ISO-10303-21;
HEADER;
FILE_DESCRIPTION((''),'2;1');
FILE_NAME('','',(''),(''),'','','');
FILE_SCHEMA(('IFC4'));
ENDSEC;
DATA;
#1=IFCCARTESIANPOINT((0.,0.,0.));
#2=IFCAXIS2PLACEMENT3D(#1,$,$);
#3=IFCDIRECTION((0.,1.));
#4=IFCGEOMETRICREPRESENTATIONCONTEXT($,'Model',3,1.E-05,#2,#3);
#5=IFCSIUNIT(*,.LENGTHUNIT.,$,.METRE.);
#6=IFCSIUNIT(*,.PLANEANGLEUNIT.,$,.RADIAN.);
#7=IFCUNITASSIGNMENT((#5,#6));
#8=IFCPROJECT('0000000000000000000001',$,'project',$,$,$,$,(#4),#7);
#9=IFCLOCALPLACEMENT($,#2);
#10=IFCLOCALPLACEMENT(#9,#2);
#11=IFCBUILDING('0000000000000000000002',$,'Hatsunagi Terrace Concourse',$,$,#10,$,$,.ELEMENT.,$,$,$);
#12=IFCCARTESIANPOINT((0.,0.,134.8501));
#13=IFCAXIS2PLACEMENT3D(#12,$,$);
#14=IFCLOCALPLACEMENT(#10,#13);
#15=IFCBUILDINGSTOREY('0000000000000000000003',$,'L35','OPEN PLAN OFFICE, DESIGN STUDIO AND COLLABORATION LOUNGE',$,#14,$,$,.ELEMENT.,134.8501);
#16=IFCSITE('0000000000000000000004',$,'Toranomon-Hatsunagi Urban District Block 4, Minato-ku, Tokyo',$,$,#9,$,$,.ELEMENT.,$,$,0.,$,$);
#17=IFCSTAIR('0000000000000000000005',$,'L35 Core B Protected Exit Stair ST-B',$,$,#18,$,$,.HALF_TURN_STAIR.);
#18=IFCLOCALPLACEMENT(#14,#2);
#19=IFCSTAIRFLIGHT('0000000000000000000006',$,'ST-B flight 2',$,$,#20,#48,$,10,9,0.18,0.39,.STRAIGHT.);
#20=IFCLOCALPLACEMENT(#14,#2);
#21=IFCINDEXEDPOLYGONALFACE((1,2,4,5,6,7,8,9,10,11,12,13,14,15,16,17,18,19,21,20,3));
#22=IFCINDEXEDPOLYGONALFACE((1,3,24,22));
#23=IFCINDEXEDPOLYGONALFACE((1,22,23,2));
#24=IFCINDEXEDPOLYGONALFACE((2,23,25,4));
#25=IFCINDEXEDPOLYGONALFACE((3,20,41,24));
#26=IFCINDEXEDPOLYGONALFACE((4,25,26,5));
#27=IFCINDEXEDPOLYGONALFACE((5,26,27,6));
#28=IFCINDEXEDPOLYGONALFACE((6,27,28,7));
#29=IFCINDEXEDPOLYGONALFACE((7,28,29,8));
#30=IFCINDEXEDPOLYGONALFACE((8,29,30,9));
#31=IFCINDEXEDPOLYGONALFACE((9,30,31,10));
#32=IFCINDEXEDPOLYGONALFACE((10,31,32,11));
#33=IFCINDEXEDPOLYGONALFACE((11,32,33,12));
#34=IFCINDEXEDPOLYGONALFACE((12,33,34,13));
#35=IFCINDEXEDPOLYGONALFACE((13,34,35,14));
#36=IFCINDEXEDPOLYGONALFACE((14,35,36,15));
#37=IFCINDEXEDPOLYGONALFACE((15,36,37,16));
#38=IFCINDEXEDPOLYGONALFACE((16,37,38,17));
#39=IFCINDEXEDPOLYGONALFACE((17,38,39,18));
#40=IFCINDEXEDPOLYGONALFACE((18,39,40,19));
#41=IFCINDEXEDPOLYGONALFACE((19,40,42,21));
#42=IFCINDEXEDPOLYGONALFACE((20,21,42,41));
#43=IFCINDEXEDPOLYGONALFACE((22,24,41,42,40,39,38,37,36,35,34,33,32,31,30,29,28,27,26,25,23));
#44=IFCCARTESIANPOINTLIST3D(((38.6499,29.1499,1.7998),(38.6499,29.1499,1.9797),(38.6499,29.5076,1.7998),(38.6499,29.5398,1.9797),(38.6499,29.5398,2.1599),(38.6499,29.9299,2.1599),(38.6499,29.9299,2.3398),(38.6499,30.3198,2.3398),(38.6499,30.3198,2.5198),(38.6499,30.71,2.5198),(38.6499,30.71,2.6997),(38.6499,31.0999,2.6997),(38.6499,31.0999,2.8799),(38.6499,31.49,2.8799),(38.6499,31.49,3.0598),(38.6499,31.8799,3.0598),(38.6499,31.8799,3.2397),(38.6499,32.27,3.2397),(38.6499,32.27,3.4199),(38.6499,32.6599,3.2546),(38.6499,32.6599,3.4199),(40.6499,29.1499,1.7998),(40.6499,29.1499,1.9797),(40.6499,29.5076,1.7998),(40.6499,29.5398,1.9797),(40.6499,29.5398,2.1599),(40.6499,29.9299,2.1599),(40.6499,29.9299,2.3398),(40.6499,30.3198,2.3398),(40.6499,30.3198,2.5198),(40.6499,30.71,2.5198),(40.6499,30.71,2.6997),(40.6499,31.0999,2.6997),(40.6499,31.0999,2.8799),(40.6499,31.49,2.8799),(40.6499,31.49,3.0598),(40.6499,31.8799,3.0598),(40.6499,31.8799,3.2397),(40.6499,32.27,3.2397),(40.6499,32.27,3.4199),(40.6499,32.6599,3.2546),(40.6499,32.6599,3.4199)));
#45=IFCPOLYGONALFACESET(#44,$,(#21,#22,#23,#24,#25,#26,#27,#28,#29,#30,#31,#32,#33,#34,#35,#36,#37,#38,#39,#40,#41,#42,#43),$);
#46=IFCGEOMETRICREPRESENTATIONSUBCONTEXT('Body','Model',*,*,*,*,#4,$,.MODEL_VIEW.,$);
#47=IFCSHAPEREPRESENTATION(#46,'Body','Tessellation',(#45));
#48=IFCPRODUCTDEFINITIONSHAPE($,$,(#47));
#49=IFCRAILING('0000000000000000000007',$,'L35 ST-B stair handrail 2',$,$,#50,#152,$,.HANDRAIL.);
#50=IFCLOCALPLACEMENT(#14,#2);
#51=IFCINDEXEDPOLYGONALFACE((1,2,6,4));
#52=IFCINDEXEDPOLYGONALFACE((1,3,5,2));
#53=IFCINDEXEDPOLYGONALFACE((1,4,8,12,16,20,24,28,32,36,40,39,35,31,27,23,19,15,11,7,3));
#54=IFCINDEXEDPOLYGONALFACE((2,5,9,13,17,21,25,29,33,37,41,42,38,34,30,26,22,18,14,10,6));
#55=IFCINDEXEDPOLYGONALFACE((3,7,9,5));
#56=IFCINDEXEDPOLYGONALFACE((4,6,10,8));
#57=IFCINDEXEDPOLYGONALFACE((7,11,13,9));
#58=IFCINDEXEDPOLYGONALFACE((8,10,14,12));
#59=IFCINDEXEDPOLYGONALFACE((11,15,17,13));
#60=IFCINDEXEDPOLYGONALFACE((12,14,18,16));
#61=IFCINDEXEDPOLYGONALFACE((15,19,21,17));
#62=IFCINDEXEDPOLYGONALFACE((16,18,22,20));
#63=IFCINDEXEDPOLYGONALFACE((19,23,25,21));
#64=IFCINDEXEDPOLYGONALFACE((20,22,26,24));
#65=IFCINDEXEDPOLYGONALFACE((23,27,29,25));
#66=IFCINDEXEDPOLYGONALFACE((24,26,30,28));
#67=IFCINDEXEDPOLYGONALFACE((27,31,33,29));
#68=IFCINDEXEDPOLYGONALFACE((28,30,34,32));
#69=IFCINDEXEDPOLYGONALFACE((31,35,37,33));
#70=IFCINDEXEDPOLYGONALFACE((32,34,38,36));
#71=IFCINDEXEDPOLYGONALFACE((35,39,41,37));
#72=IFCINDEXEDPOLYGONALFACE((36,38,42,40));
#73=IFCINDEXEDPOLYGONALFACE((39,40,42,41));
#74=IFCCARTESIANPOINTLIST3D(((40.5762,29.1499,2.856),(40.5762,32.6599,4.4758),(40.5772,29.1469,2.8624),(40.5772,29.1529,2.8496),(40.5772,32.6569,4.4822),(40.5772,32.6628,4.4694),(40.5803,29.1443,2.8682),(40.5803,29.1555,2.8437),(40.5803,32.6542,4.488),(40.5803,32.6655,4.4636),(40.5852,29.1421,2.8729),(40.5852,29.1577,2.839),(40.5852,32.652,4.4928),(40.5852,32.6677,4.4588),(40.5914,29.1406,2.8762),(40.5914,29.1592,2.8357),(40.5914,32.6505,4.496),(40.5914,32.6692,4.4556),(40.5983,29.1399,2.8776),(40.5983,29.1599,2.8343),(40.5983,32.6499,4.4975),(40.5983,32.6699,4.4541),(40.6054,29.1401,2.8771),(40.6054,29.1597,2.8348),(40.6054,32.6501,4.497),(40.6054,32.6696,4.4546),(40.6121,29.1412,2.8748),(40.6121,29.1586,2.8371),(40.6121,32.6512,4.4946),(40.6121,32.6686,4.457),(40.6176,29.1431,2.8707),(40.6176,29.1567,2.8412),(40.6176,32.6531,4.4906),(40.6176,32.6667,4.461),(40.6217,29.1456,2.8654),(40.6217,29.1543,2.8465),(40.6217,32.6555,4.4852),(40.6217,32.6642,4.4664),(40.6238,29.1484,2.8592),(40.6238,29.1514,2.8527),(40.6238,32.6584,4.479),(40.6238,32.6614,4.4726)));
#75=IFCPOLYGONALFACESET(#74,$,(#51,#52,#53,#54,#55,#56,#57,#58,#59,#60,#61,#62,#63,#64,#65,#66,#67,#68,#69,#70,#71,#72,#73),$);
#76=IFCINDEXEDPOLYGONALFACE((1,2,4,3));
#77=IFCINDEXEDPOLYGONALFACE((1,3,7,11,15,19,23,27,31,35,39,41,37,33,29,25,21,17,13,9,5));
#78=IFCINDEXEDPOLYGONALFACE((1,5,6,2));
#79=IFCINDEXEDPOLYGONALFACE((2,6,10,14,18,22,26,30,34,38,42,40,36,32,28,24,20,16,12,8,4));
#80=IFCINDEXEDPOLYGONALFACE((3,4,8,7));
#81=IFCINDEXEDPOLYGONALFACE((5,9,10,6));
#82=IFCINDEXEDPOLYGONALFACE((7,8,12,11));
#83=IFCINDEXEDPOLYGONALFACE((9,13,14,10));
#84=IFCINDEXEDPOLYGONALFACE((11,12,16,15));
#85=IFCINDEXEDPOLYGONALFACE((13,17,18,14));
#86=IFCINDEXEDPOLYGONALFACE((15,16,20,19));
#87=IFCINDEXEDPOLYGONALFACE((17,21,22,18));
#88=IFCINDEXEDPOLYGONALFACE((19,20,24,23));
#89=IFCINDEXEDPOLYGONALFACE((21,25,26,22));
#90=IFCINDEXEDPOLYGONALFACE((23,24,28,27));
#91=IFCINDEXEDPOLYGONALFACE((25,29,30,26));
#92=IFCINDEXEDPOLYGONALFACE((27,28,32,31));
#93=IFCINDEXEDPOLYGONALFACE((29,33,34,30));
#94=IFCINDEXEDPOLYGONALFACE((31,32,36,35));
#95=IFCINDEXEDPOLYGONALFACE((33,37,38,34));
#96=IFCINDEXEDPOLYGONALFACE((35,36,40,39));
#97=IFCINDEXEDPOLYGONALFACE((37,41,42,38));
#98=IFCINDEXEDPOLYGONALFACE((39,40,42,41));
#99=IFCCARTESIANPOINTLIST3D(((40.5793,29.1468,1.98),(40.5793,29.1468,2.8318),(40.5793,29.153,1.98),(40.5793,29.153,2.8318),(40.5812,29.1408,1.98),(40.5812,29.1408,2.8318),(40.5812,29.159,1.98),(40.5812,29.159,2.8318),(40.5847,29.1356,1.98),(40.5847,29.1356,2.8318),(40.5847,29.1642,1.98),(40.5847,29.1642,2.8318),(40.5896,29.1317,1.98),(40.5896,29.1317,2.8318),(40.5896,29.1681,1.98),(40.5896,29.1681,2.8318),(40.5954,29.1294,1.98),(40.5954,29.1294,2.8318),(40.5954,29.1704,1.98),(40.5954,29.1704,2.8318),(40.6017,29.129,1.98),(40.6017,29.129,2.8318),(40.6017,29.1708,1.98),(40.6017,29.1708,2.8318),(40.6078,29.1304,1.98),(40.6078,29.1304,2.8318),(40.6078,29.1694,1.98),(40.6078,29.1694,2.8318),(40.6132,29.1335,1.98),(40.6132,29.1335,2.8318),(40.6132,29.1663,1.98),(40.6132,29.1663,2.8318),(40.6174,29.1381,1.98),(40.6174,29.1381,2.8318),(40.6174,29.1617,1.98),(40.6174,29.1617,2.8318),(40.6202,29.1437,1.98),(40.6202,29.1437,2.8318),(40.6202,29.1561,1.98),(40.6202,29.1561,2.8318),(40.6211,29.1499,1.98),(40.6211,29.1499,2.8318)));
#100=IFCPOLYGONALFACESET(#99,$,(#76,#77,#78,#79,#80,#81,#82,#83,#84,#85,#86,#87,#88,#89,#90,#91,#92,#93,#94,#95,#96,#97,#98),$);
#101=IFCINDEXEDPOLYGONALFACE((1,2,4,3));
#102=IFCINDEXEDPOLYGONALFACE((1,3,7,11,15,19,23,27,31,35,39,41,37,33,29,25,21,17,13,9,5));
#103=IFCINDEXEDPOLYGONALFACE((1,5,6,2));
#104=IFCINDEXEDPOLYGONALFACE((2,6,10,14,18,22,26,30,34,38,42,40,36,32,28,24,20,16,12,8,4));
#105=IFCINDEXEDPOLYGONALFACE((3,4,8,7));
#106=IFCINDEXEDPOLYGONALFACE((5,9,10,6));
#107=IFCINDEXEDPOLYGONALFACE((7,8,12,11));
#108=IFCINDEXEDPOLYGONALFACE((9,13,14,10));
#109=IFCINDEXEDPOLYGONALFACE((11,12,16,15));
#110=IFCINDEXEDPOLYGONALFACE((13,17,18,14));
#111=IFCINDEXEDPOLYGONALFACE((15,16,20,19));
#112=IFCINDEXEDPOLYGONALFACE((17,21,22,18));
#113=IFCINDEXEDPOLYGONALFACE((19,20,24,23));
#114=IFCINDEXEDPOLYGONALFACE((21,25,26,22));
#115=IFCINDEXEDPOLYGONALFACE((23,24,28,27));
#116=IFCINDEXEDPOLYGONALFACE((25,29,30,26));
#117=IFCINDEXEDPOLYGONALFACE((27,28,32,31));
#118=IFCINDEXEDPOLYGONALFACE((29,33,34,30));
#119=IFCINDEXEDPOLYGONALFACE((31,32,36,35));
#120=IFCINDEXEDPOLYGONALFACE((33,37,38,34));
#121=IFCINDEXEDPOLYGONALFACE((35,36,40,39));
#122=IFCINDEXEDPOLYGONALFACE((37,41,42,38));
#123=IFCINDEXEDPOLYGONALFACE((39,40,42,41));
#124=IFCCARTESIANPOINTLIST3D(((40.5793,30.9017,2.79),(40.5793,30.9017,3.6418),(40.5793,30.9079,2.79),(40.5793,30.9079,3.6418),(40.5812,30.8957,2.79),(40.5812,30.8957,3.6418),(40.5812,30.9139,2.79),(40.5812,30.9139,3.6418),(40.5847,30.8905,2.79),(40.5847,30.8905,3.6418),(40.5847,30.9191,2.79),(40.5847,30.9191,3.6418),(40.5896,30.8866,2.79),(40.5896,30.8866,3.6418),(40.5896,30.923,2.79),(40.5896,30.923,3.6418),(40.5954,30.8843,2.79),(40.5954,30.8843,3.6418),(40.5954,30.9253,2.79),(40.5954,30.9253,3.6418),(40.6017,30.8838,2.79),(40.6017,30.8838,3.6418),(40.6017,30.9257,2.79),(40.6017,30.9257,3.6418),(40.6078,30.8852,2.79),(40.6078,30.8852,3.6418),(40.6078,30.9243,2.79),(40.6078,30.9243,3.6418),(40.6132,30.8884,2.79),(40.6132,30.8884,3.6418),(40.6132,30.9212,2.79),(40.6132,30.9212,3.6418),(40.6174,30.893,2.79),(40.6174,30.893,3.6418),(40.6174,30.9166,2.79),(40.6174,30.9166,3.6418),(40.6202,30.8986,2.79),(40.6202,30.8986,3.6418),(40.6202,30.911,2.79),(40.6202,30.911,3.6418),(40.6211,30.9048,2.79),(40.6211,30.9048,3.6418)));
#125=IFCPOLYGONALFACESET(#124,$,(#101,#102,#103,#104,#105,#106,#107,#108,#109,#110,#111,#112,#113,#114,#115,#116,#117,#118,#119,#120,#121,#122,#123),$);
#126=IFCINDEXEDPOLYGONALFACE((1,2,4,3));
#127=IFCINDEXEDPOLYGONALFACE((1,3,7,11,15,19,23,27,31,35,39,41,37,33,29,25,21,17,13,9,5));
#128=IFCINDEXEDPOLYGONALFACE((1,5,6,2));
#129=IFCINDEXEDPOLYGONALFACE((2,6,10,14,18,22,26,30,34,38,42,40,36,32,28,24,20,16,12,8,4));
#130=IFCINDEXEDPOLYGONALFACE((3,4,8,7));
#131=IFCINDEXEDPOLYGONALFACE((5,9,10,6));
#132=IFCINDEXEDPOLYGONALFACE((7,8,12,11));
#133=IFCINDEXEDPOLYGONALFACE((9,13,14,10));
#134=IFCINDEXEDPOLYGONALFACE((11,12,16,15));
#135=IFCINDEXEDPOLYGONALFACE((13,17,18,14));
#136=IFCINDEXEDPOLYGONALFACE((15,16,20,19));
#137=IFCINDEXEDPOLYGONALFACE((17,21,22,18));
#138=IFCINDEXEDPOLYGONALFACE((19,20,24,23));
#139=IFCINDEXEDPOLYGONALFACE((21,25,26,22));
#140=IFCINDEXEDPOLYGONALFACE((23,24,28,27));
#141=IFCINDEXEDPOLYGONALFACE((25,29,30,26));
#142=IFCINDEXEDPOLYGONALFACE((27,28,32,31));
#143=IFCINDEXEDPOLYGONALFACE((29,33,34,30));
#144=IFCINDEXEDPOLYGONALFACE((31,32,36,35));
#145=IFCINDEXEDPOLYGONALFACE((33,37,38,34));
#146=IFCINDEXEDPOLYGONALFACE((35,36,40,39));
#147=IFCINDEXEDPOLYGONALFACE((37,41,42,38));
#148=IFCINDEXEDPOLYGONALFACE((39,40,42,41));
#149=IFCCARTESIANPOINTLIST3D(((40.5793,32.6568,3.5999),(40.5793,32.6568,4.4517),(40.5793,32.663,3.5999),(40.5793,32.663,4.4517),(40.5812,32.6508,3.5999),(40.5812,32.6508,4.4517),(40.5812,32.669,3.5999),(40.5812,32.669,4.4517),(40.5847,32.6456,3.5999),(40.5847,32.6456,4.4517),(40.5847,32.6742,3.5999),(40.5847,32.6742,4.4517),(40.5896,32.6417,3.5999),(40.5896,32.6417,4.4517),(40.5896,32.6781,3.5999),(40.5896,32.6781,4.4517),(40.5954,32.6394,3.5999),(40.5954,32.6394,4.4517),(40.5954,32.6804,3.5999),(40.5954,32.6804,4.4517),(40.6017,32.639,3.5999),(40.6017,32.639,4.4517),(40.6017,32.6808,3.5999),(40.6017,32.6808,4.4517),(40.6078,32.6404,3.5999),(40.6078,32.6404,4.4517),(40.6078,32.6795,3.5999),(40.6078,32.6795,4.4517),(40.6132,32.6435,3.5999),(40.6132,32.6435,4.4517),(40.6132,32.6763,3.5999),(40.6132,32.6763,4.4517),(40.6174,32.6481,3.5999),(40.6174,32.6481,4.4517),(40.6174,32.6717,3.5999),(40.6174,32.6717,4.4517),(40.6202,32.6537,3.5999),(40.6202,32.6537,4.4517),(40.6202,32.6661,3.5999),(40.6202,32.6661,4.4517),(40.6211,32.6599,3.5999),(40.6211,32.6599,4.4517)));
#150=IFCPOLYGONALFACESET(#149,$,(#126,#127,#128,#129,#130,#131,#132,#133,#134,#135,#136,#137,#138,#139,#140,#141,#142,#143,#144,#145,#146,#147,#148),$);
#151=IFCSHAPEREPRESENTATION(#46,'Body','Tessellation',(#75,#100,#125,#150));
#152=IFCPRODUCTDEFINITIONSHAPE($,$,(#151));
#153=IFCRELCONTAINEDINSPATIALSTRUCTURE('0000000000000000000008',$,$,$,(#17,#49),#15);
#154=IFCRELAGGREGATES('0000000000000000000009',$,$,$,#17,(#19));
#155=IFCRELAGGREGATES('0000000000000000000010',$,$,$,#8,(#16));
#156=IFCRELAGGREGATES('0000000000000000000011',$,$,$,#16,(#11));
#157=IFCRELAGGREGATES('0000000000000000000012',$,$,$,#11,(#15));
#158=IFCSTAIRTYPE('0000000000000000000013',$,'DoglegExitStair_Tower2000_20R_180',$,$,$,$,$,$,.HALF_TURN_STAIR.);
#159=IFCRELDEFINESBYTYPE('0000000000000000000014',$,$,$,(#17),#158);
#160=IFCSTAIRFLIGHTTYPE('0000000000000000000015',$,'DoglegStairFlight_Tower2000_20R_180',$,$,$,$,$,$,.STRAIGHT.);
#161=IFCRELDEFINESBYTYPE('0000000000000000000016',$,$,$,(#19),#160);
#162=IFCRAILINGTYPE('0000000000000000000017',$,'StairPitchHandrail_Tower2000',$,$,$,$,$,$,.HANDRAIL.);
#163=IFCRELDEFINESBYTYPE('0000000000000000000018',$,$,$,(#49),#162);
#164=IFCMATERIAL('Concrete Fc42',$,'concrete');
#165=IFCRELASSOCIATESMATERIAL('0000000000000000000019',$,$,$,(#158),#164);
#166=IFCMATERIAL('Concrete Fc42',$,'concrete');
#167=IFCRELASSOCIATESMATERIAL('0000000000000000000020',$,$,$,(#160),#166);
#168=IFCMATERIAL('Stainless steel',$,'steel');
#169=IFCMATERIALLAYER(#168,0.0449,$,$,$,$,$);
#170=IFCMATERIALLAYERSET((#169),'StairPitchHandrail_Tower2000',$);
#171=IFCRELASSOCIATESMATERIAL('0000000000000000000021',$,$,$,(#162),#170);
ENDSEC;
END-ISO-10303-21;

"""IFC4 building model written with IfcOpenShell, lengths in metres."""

from ifc_helpers import new_model, si_unit, direction, frame, origin, origin_2d, place, context, subcontext, project, spatial, polyline, circle, outline, extrude, material, layer, layer_set, type_object, element, aggregate, save


model = new_model("IFC4")

# Units and contexts
model_context = context("Model", 3, precision=1e-05, world=origin(), true_north=direction((0.0, 1.0)))
body_context = subcontext(model_context, "Body", "Model", "MODEL_VIEW")
ifc_project = project(units=[si_unit("LENGTHUNIT", "METRE"), si_unit("PLANEANGLEUNIT", "RADIAN")], contexts=[model_context])

# Site, building, storey
site_placement = place(None, origin())
site = spatial("IfcSite", under=ifc_project, at=site_placement, Name="Toranomon-Hatsunagi Urban District Block 4, Minato-ku, Tokyo", CompositionType="ELEMENT", RefElevation=0.0)
building_placement = place(site_placement, origin())
building = spatial("IfcBuilding", under=site, at=building_placement, Name="Hatsunagi Terrace Concourse", CompositionType="ELEMENT")
storey_placement = place(building_placement, frame((0.0, 0.0, 134.8501)))
storey = spatial("IfcBuildingStorey", under=building, at=storey_placement, Name="L35", Description="OPEN PLAN OFFICE, DESIGN STUDIO AND COLLABORATION LOUNGE", CompositionType="ELEMENT", Elevation=134.8501)

# Stair, stair flight
ifc_material_1 = material(Name="Concrete Fc42", Category="concrete")
stair_type = type_object("IfcStairType", Name="DoglegExitStair_Tower2000_20R_180", PredefinedType="HALF_TURN_STAIR", material=ifc_material_1)
stair_placement = place(storey_placement, origin())
stair = element("IfcStair", 1, at=stair_placement, inside=storey, type_object=stair_type, Name="L35 Core B Protected Exit Stair ST-B", PredefinedType="HALF_TURN_STAIR")
ifc_material_2 = material(Name="Concrete Fc42", Category="concrete")
stair_flight_type = type_object("IfcStairFlightType", Name="DoglegStairFlight_Tower2000_20R_180", PredefinedType="STRAIGHT", material=ifc_material_2)
stair_flight_placement = place(storey_placement, frame((39.6499, 29.1499, 1.7998), z_axis=(0.0, 0.0, 1.0), x_axis=(0.0, 1.0, 0.0)))
stair_flight = element("IfcStairFlight", 2, at=stair_flight_placement, type_object=stair_flight_type, Name="ST-B flight 2", NumberOfRisers=10, NumberOfTreads=9, PredefinedType="STRAIGHT", RiserHeight=0.18, TreadLength=0.39, context=body_context, shape_type="SweptSolid", body=[
    extrude(outline(polyline([(0.0, 0.0), (0.0, 0.1799), (0.3899, 0.1799), (0.3899, 0.3601), (0.78, 0.3601), (0.78, 0.54), (1.1699, 0.54), (1.1699, 0.72), (1.5601, 0.72), (1.5601, 0.8999), (1.95, 0.8999), (1.95, 1.0801), (2.3401, 1.0801), (2.3401, 1.26), (2.73, 1.26), (2.73, 1.4399), (3.1201, 1.4399), (3.1201, 1.6201), (3.51, 1.6201), (3.51, 1.8), (3.51, 1.4548), (0.3577, 0.0), (0.0, 0.0)])), frame((0.0, 1.0, 0.0), z_axis=(0.0, -1.0, 0.0), x_axis=(1.0, 0.0, 0.0)), (0.0, 0.0, 1.0), 2.0),
])
aggregate(stair, [stair_flight])

# Railing
ifc_material_3 = material(Name="Stainless steel", Category="steel")
ifc_layer_1 = layer(ifc_material_3, 0.0449)
ifc_layer_set_1 = layer_set([ifc_layer_1], Name="StairPitchHandrail_Tower2000")
railing_type_1 = type_object("IfcRailingType", Name="StairPitchHandrail_Tower2000", PredefinedType="HANDRAIL", material=ifc_layer_set_1)
railing_1_placement = place(storey_placement, frame((40.6001, 29.1499, 1.98)))
element("IfcRailing", 3, at=railing_1_placement, inside=storey, type_object=railing_type_1, Name="L35 ST-B stair handrail 2", PredefinedType="HANDRAIL", context=body_context, shape_type="SweptSolid", body=[
    extrude(circle(Radius=0.0239, at=origin_2d()), frame((0.0, 0.0, 0.876), z_axis=(0.0, 0.907972, 0.41903), x_axis=(-1.0, 0.0, 0.0)), (0.0, 0.0, 1.0), 3.8657),
    extrude(circle(Radius=0.021, at=origin_2d()), origin(), (0.0, 0.0, 1.0), 0.8518),
    extrude(circle(Radius=0.021, at=origin_2d()), frame((0.0, 1.7549, 0.8101)), (0.0, 0.0, 1.0), 0.8518),
    extrude(circle(Radius=0.021, at=origin_2d()), frame((0.0, 3.51, 1.6199)), (0.0, 0.0, 1.0), 0.8518),
])

save(model, "model.ifc")
